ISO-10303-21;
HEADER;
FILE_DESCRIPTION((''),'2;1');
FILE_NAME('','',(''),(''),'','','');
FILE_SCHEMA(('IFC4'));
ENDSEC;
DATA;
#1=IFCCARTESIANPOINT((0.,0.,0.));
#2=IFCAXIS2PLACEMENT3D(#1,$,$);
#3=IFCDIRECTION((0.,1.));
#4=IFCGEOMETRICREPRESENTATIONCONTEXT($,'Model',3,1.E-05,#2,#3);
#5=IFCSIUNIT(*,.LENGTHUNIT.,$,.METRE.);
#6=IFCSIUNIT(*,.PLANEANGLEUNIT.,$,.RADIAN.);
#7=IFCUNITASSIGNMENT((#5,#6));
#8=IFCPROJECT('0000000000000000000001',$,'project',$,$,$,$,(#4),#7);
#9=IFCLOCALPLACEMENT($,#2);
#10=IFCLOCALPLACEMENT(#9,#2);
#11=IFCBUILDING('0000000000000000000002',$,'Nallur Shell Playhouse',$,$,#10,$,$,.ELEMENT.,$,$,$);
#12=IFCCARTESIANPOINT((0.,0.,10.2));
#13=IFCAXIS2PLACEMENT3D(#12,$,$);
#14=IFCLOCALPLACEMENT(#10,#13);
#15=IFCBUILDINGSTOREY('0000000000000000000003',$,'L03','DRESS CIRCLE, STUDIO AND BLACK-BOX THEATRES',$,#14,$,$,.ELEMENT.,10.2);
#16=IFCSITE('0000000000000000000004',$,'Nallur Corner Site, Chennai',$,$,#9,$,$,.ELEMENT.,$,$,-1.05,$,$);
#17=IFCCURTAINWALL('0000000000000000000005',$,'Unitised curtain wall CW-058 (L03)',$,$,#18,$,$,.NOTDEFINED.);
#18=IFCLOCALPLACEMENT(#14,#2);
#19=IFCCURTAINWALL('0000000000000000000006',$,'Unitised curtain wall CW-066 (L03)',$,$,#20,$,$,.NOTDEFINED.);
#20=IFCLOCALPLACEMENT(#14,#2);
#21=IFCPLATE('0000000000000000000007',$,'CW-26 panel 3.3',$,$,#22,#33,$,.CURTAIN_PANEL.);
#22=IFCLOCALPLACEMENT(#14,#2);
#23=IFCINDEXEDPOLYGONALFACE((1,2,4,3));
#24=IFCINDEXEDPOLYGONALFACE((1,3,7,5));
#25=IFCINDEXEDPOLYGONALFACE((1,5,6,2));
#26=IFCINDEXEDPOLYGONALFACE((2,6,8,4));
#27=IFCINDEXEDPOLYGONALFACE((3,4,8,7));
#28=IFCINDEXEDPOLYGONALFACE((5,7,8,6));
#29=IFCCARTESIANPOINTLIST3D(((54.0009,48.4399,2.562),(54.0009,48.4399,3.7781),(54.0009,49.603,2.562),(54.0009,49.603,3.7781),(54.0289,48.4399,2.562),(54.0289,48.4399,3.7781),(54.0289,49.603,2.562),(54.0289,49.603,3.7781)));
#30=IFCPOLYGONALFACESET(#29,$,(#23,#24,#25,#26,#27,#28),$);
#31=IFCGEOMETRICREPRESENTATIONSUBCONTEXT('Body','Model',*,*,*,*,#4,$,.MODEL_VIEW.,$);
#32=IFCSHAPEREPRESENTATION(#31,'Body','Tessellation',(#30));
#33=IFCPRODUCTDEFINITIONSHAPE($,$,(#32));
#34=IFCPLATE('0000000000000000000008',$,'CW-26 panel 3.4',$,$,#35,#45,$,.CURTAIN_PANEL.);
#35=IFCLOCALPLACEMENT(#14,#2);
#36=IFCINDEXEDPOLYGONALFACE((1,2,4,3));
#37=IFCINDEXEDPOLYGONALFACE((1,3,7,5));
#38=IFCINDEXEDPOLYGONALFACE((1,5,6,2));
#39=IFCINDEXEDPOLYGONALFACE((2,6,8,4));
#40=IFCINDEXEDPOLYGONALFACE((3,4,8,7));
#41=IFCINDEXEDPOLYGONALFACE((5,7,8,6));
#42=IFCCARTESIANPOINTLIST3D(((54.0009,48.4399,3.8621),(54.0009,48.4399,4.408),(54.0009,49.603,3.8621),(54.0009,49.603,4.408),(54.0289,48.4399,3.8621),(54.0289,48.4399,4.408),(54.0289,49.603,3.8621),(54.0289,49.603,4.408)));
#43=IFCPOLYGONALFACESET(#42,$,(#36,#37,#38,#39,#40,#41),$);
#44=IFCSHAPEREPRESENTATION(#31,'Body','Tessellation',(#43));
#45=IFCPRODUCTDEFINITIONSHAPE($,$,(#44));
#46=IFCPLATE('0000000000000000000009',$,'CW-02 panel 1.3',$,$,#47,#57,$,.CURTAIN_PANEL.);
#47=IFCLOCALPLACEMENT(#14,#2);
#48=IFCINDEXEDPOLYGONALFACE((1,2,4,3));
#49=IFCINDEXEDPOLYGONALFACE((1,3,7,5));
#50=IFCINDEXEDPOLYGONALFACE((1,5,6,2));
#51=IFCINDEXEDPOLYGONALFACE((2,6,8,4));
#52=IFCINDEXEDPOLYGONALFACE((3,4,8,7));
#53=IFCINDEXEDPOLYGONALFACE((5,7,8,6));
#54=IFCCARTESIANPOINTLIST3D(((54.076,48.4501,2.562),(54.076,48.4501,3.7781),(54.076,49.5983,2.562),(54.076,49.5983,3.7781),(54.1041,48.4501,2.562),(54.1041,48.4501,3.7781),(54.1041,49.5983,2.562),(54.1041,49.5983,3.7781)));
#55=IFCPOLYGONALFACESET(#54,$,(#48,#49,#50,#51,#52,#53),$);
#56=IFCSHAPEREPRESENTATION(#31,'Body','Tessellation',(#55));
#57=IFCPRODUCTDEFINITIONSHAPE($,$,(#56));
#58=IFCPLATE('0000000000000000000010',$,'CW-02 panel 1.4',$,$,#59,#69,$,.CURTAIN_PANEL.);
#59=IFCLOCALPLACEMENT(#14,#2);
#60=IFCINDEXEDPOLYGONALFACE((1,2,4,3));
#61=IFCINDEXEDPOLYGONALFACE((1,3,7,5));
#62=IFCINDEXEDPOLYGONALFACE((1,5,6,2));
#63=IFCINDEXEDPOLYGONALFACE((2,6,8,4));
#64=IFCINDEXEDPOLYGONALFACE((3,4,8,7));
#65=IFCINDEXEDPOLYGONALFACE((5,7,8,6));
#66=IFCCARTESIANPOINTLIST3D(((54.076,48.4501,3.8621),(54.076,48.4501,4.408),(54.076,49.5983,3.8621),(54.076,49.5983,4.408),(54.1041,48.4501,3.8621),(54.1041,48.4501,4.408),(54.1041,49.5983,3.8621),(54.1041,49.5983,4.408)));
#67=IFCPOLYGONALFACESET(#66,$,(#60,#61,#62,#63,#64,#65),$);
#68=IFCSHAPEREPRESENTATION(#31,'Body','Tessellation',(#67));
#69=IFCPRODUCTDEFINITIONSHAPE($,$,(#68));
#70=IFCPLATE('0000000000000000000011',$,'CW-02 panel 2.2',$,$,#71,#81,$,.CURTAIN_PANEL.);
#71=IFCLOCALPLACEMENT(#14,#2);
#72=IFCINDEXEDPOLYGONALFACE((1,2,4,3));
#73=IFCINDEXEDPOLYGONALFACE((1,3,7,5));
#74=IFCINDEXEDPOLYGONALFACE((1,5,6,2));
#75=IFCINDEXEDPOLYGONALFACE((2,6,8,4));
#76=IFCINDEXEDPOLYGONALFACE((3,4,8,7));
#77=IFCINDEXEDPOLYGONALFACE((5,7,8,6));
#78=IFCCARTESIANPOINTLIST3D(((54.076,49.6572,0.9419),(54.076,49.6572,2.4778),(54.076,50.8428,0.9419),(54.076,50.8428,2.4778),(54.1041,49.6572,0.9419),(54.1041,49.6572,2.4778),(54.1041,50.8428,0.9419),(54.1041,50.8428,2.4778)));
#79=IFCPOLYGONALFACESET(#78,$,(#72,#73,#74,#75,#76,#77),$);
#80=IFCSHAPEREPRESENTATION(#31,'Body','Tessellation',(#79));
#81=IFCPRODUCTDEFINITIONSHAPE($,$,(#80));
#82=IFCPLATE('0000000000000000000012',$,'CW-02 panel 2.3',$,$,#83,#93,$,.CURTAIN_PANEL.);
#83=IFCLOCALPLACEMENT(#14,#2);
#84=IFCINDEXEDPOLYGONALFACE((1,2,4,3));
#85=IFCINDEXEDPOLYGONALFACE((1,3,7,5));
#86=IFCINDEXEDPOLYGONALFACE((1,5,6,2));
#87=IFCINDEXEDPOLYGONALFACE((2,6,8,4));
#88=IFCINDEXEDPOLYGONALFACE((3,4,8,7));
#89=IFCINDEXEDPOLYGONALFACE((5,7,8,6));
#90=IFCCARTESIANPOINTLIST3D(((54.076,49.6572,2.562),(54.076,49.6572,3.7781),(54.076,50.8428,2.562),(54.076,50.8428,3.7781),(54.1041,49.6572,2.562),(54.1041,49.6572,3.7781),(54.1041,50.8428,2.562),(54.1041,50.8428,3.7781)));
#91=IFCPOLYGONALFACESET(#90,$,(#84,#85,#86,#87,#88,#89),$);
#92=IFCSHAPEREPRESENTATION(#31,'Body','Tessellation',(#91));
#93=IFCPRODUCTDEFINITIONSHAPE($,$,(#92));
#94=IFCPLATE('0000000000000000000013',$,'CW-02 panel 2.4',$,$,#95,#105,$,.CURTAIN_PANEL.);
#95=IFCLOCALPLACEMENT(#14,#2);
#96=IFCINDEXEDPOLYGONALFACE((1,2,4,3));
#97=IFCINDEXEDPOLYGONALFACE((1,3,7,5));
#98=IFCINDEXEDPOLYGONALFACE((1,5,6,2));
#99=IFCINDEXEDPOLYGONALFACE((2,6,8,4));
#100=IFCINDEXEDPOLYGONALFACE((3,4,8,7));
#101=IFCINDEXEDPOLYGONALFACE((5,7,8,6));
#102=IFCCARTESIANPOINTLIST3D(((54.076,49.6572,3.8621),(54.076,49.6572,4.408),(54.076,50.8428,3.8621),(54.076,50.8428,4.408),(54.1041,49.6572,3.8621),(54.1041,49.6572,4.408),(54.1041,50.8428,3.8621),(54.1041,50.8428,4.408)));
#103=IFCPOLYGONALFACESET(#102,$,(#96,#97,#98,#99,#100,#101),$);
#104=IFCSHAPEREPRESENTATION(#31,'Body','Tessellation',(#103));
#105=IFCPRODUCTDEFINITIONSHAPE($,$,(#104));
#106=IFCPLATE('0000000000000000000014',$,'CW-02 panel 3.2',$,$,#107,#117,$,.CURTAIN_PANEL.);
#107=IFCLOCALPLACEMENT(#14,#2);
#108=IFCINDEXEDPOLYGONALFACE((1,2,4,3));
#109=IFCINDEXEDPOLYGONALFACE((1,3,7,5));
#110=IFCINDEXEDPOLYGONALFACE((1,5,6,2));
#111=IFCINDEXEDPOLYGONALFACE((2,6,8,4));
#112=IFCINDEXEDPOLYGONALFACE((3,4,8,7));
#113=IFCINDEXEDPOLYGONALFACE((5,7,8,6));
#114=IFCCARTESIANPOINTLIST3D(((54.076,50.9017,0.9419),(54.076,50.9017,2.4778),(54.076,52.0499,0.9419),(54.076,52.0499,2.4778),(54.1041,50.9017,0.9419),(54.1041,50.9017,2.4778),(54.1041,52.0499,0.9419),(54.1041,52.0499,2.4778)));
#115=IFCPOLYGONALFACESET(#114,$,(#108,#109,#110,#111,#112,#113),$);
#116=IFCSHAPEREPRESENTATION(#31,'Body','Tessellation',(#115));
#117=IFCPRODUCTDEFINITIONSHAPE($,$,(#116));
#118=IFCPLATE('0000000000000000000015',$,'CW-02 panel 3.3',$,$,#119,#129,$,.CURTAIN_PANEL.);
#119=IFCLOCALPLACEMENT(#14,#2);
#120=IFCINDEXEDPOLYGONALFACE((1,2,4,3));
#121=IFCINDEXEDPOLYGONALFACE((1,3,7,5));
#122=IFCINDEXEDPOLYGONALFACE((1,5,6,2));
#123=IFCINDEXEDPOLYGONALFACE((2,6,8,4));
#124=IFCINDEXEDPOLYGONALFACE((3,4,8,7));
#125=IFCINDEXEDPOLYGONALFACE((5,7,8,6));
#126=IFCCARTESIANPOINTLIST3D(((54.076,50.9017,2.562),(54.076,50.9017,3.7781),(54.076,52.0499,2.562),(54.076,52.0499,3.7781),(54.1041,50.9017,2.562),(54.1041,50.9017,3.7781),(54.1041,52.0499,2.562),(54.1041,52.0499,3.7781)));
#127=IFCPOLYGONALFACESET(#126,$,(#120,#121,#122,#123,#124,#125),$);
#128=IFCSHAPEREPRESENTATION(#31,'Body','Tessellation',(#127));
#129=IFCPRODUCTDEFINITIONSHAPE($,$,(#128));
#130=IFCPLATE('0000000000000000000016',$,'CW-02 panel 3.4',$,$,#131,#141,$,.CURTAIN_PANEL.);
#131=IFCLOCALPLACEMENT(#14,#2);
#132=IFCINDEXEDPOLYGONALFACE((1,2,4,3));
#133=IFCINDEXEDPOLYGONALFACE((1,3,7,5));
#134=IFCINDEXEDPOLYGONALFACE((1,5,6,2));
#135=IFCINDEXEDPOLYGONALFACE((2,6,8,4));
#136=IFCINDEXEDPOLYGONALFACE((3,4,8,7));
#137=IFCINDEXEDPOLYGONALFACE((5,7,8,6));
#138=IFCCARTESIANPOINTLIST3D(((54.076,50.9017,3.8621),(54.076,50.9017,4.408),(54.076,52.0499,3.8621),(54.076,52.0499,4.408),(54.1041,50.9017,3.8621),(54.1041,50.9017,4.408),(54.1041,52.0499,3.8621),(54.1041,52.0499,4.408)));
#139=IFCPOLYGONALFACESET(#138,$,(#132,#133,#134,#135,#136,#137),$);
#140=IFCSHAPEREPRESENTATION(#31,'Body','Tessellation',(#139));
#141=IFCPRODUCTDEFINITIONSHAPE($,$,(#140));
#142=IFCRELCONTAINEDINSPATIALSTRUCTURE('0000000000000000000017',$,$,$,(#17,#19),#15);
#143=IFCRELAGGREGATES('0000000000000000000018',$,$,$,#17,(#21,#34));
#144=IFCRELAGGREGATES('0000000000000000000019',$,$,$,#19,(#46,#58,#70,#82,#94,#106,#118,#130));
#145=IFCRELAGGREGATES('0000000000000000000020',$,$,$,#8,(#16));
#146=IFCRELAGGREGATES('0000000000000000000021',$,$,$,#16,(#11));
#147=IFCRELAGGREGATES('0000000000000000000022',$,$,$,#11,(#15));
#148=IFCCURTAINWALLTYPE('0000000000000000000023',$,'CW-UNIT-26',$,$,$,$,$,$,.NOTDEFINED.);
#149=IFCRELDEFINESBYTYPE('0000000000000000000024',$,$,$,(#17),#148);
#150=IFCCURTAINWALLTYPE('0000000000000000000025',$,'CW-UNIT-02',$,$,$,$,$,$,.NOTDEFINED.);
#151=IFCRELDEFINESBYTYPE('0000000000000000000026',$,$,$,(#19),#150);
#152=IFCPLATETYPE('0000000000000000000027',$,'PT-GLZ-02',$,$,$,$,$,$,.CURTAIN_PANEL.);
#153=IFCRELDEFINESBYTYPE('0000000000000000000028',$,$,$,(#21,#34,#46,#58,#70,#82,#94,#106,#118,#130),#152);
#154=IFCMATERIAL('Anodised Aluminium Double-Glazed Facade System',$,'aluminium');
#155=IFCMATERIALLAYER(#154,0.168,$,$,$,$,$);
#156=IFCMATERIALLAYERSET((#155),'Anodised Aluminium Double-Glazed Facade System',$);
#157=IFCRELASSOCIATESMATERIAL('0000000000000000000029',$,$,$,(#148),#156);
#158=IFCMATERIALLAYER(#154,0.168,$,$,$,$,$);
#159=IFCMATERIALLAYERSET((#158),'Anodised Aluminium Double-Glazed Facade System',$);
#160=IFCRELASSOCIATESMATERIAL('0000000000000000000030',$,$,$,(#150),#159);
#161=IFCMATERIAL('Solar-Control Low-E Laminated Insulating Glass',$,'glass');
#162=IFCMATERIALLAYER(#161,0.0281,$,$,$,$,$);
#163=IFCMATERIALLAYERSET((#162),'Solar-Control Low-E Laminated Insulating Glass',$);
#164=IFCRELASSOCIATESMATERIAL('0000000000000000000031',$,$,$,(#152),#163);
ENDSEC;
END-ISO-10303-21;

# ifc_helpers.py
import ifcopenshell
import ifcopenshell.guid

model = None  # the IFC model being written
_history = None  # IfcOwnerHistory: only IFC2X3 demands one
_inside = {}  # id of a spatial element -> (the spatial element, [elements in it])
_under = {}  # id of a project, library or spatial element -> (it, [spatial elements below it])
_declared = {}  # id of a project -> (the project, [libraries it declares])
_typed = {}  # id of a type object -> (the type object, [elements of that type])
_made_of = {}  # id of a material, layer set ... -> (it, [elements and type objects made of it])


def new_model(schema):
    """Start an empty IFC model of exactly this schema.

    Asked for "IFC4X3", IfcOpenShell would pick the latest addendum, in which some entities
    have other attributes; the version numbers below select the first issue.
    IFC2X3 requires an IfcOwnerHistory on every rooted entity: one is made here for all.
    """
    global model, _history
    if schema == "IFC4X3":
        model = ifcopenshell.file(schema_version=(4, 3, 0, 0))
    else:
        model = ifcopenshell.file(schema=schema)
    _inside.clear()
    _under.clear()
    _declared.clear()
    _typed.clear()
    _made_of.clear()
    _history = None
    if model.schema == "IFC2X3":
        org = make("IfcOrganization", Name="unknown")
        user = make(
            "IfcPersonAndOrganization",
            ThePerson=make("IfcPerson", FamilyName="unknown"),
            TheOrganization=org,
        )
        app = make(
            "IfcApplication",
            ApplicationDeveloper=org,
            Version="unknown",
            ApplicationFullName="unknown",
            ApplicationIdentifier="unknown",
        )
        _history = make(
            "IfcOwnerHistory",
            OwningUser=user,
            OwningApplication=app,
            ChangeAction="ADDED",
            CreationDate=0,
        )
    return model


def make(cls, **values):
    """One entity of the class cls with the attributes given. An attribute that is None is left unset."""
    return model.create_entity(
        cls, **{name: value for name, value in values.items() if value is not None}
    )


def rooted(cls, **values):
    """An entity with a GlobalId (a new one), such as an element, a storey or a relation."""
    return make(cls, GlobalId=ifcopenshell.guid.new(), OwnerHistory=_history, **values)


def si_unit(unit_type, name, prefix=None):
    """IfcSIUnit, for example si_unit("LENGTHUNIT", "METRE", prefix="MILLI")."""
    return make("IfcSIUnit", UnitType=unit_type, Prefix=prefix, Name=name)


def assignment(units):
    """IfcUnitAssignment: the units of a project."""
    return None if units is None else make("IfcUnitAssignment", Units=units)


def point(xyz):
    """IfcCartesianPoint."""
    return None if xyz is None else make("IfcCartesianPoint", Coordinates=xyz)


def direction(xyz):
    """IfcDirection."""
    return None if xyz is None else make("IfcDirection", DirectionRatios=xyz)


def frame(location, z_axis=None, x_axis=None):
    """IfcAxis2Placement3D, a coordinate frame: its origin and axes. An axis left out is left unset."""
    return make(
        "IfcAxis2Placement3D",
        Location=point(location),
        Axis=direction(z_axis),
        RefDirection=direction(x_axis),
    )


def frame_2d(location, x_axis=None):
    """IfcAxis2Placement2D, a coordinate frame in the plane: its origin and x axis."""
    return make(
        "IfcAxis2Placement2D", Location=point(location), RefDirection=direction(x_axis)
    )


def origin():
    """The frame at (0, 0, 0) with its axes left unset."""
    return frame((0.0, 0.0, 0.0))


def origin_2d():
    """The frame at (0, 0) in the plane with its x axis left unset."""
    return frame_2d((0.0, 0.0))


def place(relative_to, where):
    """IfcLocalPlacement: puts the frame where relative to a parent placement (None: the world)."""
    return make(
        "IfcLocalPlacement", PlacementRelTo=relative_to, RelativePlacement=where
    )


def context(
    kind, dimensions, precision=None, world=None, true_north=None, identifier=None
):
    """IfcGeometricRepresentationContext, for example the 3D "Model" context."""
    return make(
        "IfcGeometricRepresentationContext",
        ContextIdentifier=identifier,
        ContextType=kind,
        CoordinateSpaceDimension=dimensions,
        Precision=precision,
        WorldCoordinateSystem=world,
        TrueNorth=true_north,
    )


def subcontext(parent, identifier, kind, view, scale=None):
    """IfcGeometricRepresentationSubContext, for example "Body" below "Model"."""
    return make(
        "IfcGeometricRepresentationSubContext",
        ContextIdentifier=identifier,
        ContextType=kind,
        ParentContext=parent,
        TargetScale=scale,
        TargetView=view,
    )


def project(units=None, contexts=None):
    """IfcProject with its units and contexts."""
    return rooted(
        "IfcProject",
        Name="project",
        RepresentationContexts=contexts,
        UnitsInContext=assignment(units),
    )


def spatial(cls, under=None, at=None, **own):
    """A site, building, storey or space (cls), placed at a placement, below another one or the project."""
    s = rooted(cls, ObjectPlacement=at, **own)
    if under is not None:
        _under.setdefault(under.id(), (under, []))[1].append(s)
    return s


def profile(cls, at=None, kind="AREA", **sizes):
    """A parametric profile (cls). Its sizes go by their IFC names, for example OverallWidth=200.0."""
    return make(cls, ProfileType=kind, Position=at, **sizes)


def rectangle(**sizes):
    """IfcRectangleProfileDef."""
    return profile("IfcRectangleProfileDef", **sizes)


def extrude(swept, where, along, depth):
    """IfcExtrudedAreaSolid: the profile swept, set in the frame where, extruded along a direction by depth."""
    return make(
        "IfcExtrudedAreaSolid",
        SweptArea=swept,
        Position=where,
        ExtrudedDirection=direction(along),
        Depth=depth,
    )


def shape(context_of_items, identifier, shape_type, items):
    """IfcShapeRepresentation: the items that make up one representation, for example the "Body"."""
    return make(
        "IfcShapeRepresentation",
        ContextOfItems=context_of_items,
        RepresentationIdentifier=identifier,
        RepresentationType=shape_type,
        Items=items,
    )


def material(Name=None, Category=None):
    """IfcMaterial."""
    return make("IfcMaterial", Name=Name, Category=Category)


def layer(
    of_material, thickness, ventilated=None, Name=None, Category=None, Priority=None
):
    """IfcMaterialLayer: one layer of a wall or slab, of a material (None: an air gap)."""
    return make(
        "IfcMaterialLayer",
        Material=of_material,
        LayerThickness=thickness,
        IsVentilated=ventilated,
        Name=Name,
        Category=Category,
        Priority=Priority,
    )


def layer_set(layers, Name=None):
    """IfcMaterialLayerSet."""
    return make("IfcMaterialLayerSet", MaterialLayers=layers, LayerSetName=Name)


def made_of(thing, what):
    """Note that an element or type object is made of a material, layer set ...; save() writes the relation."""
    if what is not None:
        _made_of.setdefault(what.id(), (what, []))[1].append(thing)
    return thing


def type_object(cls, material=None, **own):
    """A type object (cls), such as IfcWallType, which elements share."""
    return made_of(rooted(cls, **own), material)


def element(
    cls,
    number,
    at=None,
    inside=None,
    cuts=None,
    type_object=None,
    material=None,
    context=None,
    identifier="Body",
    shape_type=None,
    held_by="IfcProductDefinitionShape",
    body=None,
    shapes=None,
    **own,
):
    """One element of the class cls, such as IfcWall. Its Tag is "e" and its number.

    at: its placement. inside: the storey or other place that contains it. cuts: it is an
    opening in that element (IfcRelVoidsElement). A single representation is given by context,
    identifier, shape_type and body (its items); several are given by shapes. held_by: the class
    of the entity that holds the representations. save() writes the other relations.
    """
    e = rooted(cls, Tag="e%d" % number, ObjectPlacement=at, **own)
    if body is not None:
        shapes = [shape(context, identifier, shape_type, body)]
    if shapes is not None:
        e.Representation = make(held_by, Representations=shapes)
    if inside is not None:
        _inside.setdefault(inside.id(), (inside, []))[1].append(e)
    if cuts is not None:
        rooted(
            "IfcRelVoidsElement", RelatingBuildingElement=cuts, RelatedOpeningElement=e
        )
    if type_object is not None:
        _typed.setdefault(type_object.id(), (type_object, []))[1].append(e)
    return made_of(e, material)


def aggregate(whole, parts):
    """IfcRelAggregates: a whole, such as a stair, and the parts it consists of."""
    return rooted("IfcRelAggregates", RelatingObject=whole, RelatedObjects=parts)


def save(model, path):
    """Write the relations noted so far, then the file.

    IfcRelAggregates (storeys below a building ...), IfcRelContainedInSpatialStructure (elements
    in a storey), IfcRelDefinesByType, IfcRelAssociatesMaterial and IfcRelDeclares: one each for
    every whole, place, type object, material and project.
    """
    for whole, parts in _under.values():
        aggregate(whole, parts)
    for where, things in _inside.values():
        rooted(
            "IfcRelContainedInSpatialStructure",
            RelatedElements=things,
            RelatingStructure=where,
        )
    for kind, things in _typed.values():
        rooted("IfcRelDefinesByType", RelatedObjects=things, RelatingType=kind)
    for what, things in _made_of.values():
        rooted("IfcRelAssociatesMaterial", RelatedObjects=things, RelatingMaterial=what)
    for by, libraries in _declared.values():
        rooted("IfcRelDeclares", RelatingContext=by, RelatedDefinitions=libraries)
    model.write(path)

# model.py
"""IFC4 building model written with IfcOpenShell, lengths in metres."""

from ifc_helpers import new_model, si_unit, direction, frame, origin, origin_2d, place, context, subcontext, project, spatial, rectangle, extrude, material, layer, layer_set, type_object, element, aggregate, save


model = new_model("IFC4")

# Units and contexts
model_context = context("Model", 3, precision=1e-05, world=origin(), true_north=direction((0.0, 1.0)))
body_context = subcontext(model_context, "Body", "Model", "MODEL_VIEW")
ifc_project = project(units=[si_unit("LENGTHUNIT", "METRE"), si_unit("PLANEANGLEUNIT", "RADIAN")], contexts=[model_context])

# Site, building, storey
site_placement = place(None, origin())
site = spatial("IfcSite", under=ifc_project, at=site_placement, Name="Nallur Corner Site, Chennai", CompositionType="ELEMENT", RefElevation=-1.05)
building_placement = place(site_placement, origin())
building = spatial("IfcBuilding", under=site, at=building_placement, Name="Nallur Shell Playhouse", CompositionType="ELEMENT")
storey_placement = place(building_placement, frame((0.0, 0.0, 10.2)))
storey = spatial("IfcBuildingStorey", under=building, at=storey_placement, Name="L03", Description="DRESS CIRCLE, STUDIO AND BLACK-BOX THEATRES", CompositionType="ELEMENT", Elevation=10.2)

# Curtain walls
ifc_material_1 = material(Name="Anodised Aluminium Double-Glazed Facade System", Category="aluminium")
ifc_layer_1 = layer(ifc_material_1, 0.168)
ifc_layer_set_1 = layer_set([ifc_layer_1], Name="Anodised Aluminium Double-Glazed Facade System")
curtain_wall_type_1 = type_object("IfcCurtainWallType", Name="CW-UNIT-26", PredefinedType="NOTDEFINED", material=ifc_layer_set_1)
curtain_wall_1_placement = place(storey_placement, origin())
curtain_wall_1 = element("IfcCurtainWall", 1, at=curtain_wall_1_placement, inside=storey, type_object=curtain_wall_type_1, Name="Unitised curtain wall CW-058 (L03)", PredefinedType="NOTDEFINED")
ifc_layer_2 = layer(ifc_material_1, 0.168)
ifc_layer_set_2 = layer_set([ifc_layer_2], Name="Anodised Aluminium Double-Glazed Facade System")
curtain_wall_type_2 = type_object("IfcCurtainWallType", Name="CW-UNIT-02", PredefinedType="NOTDEFINED", material=ifc_layer_set_2)
curtain_wall_2_placement = place(storey_placement, origin())
curtain_wall_2 = element("IfcCurtainWall", 2, at=curtain_wall_2_placement, inside=storey, type_object=curtain_wall_type_2, Name="Unitised curtain wall CW-066 (L03)", PredefinedType="NOTDEFINED")

# Plates
ifc_material_2 = material(Name="Solar-Control Low-E Laminated Insulating Glass", Category="glass")
ifc_layer_3 = layer(ifc_material_2, 0.0281)
ifc_layer_set_3 = layer_set([ifc_layer_3], Name="Solar-Control Low-E Laminated Insulating Glass")
plate_type = type_object("IfcPlateType", Name="PT-GLZ-02", PredefinedType="CURTAIN_PANEL", material=ifc_layer_set_3)
plate_1_placement = place(storey_placement, frame((54.0149, 49.0215, 2.562), z_axis=(0.0, 0.0, 1.0), x_axis=(0.0, -1.0, 0.0)))
plate_1 = element("IfcPlate", 3, at=plate_1_placement, type_object=plate_type, Name="CW-26 panel 3.3", PredefinedType="CURTAIN_PANEL", context=body_context, shape_type="SweptSolid", body=[
    extrude(rectangle(XDim=1.1631, YDim=0.0281, at=origin_2d()), origin(), (0.0, 0.0, 1.0), 1.2161),
])
plate_2_placement = place(storey_placement, frame((54.0149, 49.0215, 3.8621), z_axis=(0.0, 0.0, 1.0), x_axis=(0.0, -1.0, 0.0)))
plate_2 = element("IfcPlate", 4, at=plate_2_placement, type_object=plate_type, Name="CW-26 panel 3.4", PredefinedType="CURTAIN_PANEL", context=body_context, shape_type="SweptSolid", body=[
    extrude(rectangle(XDim=1.1631, YDim=0.0281, at=origin_2d()), origin(), (0.0, 0.0, 1.0), 0.5459),
])
aggregate(curtain_wall_1, [plate_1, plate_2])
plate_3_placement = place(storey_placement, frame((54.0901, 49.0242, 2.562), z_axis=(0.0, 0.0, 1.0), x_axis=(0.0, 1.0, 0.0)))
plate_3 = element("IfcPlate", 5, at=plate_3_placement, type_object=plate_type, Name="CW-02 panel 1.3", PredefinedType="CURTAIN_PANEL", context=body_context, shape_type="SweptSolid", body=[
    extrude(rectangle(XDim=1.1482, YDim=0.0281, at=origin_2d()), origin(), (0.0, 0.0, 1.0), 1.2161),
])
plate_4_placement = place(storey_placement, frame((54.0901, 49.0242, 3.8621), z_axis=(0.0, 0.0, 1.0), x_axis=(0.0, 1.0, 0.0)))
plate_4 = element("IfcPlate", 6, at=plate_4_placement, type_object=plate_type, Name="CW-02 panel 1.4", PredefinedType="CURTAIN_PANEL", context=body_context, shape_type="SweptSolid", body=[
    extrude(rectangle(XDim=1.1482, YDim=0.0281, at=origin_2d()), origin(), (0.0, 0.0, 1.0), 0.5459),
])
plate_5_placement = place(storey_placement, frame((54.0901, 50.25, 0.9419), z_axis=(0.0, 0.0, 1.0), x_axis=(0.0, 1.0, 0.0)))
plate_5 = element("IfcPlate", 7, at=plate_5_placement, type_object=plate_type, Name="CW-02 panel 2.2", PredefinedType="CURTAIN_PANEL", context=body_context, shape_type="SweptSolid", body=[
    extrude(rectangle(XDim=1.1855, YDim=0.0281, at=origin_2d()), origin(), (0.0, 0.0, 1.0), 1.5359),
])
plate_6_placement = place(storey_placement, frame((54.0901, 50.25, 2.562), z_axis=(0.0, 0.0, 1.0), x_axis=(0.0, 1.0, 0.0)))
plate_6 = element("IfcPlate", 8, at=plate_6_placement, type_object=plate_type, Name="CW-02 panel 2.3", PredefinedType="CURTAIN_PANEL", context=body_context, shape_type="SweptSolid", body=[
    extrude(rectangle(XDim=1.1855, YDim=0.0281, at=origin_2d()), origin(), (0.0, 0.0, 1.0), 1.2161),
])
plate_7_placement = place(storey_placement, frame((54.0901, 50.25, 3.8621), z_axis=(0.0, 0.0, 1.0), x_axis=(0.0, 1.0, 0.0)))
plate_7 = element("IfcPlate", 9, at=plate_7_placement, type_object=plate_type, Name="CW-02 panel 2.4", PredefinedType="CURTAIN_PANEL", context=body_context, shape_type="SweptSolid", body=[
    extrude(rectangle(XDim=1.1855, YDim=0.0281, at=origin_2d()), origin(), (0.0, 0.0, 1.0), 0.5459),
])
plate_8_placement = place(storey_placement, frame((54.0901, 51.4758, 0.9419), z_axis=(0.0, 0.0, 1.0), x_axis=(0.0, 1.0, 0.0)))
plate_8 = element("IfcPlate", 10, at=plate_8_placement, type_object=plate_type, Name="CW-02 panel 3.2", PredefinedType="CURTAIN_PANEL", context=body_context, shape_type="SweptSolid", body=[
    extrude(rectangle(XDim=1.1482, YDim=0.0281, at=origin_2d()), origin(), (0.0, 0.0, 1.0), 1.5359),
])
plate_9_placement = place(storey_placement, frame((54.0901, 51.4758, 2.562), z_axis=(0.0, 0.0, 1.0), x_axis=(0.0, 1.0, 0.0)))
plate_9 = element("IfcPlate", 11, at=plate_9_placement, type_object=plate_type, Name="CW-02 panel 3.3", PredefinedType="CURTAIN_PANEL", context=body_context, shape_type="SweptSolid", body=[
    extrude(rectangle(XDim=1.1482, YDim=0.0281, at=origin_2d()), origin(), (0.0, 0.0, 1.0), 1.2161),
])
plate_10_placement = place(storey_placement, frame((54.0901, 51.4758, 3.8621), z_axis=(0.0, 0.0, 1.0), x_axis=(0.0, 1.0, 0.0)))
plate_10 = element("IfcPlate", 12, at=plate_10_placement, type_object=plate_type, Name="CW-02 panel 3.4", PredefinedType="CURTAIN_PANEL", context=body_context, shape_type="SweptSolid", body=[
    extrude(rectangle(XDim=1.1482, YDim=0.0281, at=origin_2d()), origin(), (0.0, 0.0, 1.0), 0.5459),
])
aggregate(curtain_wall_2, [plate_3, plate_4, plate_5, plate_6, plate_7, plate_8, plate_9, plate_10])

save(model, "model.ifc")
